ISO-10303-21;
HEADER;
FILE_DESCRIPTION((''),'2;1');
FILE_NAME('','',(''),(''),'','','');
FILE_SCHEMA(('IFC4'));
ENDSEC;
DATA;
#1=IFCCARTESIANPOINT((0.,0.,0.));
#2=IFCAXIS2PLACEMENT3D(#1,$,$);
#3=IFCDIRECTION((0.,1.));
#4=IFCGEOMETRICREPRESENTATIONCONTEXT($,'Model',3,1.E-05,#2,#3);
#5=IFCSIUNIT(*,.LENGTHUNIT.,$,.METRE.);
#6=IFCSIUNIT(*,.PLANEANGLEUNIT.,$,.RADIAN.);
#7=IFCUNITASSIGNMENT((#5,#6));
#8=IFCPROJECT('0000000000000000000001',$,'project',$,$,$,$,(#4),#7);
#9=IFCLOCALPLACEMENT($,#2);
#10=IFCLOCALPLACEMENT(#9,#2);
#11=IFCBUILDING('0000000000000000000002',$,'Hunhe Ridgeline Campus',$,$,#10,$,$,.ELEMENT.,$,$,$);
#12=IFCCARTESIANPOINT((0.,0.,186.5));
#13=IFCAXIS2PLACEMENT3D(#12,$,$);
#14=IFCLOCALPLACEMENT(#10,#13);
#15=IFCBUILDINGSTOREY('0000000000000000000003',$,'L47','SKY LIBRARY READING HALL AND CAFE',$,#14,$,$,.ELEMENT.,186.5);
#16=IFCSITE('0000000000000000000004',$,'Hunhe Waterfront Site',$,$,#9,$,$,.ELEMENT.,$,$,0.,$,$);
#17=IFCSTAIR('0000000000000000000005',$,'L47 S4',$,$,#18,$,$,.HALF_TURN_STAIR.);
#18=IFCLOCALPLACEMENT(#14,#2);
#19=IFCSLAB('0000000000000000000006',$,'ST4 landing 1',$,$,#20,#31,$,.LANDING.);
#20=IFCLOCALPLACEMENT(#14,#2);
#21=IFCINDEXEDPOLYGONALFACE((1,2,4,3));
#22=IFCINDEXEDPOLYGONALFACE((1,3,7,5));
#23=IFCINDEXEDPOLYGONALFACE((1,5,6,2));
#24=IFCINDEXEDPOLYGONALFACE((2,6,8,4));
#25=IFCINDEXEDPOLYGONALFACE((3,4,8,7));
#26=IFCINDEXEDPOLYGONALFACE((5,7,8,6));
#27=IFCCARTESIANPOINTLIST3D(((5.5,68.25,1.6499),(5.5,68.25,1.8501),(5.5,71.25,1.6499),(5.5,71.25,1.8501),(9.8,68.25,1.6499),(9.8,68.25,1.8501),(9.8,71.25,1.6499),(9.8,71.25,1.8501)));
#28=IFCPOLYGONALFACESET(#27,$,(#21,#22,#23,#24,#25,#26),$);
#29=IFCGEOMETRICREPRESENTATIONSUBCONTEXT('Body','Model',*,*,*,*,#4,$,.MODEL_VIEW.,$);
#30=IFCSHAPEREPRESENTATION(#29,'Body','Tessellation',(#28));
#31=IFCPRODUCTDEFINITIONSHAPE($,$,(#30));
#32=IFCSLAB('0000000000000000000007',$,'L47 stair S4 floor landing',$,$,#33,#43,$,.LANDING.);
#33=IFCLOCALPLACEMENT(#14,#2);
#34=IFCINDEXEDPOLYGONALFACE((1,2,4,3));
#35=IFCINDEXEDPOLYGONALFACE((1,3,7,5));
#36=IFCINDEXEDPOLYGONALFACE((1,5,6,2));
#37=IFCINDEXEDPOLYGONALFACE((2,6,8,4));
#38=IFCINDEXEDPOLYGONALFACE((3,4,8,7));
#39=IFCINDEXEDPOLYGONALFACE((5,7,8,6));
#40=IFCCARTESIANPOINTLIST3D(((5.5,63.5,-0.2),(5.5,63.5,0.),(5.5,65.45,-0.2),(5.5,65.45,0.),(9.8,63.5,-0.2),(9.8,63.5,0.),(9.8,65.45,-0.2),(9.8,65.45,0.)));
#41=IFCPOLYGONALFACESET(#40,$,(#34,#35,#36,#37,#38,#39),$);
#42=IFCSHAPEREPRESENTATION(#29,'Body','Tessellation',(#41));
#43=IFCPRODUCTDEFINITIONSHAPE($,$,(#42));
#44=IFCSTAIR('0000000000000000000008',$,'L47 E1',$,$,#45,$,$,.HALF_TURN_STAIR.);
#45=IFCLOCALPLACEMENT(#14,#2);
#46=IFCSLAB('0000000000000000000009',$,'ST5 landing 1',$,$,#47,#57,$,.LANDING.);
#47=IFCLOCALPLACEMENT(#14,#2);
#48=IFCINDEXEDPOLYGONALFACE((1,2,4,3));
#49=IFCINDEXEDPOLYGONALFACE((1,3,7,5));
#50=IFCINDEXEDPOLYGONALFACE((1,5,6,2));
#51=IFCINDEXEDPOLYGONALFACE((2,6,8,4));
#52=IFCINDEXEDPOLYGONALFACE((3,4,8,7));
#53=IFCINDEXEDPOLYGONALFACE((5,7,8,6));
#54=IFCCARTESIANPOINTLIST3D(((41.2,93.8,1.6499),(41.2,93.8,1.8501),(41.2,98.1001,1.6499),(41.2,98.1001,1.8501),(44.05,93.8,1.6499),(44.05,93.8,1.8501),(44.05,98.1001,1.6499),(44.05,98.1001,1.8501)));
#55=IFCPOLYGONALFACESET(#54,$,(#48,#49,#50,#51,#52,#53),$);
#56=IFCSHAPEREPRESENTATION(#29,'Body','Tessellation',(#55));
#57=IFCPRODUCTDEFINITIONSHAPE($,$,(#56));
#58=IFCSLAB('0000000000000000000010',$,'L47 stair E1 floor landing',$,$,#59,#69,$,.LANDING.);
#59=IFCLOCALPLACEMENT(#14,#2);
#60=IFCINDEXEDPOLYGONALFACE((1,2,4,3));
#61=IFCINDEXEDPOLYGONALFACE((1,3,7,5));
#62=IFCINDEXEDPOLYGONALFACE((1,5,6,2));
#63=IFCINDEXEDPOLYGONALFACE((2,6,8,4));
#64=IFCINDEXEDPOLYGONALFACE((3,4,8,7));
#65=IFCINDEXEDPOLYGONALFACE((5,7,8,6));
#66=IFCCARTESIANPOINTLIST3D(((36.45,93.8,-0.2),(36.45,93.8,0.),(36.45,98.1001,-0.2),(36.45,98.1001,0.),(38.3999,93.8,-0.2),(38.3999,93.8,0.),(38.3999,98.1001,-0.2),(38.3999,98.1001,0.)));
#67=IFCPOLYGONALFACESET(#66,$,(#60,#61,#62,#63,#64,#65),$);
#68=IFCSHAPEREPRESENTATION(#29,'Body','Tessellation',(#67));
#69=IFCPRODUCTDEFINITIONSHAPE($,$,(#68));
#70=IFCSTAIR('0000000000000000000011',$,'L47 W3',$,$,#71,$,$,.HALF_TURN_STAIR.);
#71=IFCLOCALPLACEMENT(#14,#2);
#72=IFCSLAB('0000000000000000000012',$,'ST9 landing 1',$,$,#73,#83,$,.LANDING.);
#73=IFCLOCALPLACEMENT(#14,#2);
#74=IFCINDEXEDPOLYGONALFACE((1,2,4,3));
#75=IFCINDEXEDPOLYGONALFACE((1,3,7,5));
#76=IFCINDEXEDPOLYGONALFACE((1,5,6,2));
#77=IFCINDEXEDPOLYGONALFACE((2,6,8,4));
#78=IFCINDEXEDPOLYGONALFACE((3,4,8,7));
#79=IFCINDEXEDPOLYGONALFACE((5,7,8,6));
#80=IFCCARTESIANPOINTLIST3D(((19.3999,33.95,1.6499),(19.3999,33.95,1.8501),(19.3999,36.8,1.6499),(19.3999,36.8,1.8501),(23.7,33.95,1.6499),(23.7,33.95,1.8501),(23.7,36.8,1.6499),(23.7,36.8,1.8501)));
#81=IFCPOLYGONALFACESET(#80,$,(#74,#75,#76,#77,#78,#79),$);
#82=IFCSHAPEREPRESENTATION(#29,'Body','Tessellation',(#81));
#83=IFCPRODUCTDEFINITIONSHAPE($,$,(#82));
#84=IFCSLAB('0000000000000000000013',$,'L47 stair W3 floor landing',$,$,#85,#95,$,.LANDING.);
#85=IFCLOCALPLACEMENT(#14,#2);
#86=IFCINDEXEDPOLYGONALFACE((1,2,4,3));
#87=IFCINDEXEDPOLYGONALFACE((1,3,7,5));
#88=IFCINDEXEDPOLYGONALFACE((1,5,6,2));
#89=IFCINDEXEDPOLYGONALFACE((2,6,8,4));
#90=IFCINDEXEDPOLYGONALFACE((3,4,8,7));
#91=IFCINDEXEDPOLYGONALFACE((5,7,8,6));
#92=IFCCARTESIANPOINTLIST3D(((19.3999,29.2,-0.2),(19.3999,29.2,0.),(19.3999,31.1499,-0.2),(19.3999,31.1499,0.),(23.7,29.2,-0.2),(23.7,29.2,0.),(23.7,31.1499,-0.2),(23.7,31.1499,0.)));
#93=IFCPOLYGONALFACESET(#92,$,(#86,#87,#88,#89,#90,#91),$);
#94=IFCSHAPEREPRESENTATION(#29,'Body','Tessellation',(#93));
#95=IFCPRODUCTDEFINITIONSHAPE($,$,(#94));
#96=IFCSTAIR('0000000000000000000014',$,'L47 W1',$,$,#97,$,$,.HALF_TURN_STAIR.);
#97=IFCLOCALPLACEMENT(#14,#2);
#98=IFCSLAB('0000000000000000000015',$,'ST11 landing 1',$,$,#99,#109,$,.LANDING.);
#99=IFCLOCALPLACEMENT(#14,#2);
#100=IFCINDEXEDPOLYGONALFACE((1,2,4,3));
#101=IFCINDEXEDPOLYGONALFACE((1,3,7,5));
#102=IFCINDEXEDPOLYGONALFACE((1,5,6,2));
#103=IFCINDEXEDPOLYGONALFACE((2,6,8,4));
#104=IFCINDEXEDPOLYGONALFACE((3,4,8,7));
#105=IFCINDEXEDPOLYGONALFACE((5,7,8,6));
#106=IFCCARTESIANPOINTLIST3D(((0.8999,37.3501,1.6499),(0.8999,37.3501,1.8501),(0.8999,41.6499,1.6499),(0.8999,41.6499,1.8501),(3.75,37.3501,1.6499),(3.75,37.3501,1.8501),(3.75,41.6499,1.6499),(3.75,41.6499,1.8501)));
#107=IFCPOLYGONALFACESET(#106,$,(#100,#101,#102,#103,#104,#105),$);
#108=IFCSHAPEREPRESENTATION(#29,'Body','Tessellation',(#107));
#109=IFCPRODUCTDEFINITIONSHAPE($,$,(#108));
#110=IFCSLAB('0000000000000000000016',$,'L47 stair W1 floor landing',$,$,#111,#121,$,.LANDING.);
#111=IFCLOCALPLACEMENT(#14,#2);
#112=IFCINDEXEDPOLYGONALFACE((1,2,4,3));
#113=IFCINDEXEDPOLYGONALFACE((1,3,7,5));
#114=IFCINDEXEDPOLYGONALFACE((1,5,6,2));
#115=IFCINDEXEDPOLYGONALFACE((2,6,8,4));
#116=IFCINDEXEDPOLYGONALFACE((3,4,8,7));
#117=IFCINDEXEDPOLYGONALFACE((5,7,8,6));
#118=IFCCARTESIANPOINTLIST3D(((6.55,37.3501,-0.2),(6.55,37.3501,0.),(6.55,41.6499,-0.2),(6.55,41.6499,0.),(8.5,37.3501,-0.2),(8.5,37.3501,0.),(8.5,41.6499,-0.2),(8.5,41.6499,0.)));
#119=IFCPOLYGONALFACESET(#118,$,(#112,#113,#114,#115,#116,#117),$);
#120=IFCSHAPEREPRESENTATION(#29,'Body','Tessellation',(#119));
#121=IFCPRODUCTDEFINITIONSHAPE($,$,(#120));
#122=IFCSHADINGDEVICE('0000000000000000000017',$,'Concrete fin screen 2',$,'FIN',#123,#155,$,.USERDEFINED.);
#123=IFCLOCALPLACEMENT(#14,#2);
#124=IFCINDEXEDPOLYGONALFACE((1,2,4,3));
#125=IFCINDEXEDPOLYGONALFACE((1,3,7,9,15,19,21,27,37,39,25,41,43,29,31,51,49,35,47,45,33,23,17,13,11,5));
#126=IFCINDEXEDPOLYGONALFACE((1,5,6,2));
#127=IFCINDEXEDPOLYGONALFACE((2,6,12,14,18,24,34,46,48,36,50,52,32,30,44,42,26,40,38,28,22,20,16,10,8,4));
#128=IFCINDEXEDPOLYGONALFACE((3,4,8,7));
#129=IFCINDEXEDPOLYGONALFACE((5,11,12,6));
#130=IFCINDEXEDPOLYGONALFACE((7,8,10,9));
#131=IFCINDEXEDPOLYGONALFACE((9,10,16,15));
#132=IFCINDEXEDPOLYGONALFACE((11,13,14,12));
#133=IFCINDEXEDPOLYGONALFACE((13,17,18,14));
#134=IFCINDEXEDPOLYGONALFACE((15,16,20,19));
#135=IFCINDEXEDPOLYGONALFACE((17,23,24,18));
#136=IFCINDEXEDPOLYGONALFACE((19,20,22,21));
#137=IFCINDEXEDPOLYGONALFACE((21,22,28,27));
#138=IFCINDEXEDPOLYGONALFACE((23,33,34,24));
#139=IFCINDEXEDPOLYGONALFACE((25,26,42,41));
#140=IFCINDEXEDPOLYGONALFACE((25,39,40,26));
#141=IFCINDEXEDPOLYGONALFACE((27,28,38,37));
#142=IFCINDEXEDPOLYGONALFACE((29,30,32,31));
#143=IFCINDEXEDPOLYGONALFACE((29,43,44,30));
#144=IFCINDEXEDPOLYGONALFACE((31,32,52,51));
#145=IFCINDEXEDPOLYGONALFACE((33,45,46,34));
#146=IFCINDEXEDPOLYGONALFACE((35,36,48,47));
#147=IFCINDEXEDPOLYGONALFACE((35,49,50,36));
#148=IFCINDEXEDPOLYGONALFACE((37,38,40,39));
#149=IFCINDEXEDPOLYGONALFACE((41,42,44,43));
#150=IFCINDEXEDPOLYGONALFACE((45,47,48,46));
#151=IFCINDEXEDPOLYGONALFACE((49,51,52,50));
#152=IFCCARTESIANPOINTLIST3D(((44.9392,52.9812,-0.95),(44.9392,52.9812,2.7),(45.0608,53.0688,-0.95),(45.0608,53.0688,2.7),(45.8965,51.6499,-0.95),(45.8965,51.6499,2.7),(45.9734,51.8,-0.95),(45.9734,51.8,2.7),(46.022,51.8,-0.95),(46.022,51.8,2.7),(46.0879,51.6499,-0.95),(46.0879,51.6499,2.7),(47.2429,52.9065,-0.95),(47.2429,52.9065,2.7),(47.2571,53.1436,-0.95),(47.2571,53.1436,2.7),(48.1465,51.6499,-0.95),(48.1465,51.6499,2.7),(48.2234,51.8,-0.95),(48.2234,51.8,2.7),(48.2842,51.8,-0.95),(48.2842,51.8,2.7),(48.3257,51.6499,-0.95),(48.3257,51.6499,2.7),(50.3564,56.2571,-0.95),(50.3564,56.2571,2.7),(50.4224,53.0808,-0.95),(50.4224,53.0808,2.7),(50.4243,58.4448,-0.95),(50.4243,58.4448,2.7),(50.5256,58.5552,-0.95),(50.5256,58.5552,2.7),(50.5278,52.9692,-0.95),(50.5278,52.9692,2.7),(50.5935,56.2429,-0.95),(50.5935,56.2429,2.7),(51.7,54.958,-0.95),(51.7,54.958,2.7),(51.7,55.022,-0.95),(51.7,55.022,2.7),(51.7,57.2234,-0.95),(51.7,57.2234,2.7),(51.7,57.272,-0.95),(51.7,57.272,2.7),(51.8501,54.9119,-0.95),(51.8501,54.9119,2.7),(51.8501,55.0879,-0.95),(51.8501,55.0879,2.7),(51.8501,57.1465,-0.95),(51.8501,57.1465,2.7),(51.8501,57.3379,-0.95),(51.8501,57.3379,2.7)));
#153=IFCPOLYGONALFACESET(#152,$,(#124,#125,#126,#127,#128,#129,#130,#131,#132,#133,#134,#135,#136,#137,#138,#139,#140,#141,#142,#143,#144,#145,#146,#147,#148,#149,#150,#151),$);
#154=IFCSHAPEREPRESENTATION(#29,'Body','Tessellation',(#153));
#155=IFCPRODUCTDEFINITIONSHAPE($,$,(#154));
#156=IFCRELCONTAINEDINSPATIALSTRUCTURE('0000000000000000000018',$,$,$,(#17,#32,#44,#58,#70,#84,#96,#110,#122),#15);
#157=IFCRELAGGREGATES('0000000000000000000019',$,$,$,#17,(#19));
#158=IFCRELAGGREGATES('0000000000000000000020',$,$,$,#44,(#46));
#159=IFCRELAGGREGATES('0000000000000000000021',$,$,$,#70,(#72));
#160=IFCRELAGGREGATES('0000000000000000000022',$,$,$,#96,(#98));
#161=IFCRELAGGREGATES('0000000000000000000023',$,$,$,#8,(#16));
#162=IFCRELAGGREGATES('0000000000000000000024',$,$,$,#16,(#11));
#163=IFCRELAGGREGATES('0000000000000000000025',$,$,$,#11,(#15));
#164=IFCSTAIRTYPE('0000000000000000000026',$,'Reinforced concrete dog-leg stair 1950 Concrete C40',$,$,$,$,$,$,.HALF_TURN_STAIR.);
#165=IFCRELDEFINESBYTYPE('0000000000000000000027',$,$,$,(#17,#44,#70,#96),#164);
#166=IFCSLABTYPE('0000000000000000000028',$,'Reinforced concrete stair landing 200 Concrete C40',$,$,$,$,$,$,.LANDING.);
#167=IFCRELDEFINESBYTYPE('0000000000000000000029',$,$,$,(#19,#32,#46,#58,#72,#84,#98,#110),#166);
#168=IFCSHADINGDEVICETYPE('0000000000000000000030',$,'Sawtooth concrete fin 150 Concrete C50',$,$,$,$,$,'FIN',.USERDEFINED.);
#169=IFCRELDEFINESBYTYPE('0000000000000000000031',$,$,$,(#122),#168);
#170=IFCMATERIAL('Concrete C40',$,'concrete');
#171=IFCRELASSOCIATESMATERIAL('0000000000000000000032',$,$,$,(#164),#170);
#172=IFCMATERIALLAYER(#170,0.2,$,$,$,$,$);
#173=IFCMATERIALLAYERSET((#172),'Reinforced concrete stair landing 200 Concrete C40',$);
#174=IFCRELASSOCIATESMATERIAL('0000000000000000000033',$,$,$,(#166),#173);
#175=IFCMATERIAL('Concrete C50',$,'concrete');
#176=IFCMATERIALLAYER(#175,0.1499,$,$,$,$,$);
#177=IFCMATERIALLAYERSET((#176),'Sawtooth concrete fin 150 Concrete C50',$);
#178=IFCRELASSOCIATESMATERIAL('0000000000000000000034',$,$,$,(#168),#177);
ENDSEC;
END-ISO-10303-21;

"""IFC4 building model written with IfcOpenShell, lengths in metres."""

from ifc_helpers import new_model, si_unit, direction, frame, origin, place, context, subcontext, project, spatial, polyline, outline, extrude, material, layer, layer_set, type_object, element, aggregate, save


model = new_model("IFC4")

# Units and contexts
model_context = context("Model", 3, precision=1e-05, world=origin(), true_north=direction((0.0, 1.0)))
body_context = subcontext(model_context, "Body", "Model", "MODEL_VIEW")
ifc_project = project(units=[si_unit("LENGTHUNIT", "METRE"), si_unit("PLANEANGLEUNIT", "RADIAN")], contexts=[model_context])

# Site, building, storey
site_placement = place(None, origin())
site = spatial("IfcSite", under=ifc_project, at=site_placement, Name="Hunhe Waterfront Site", CompositionType="ELEMENT", RefElevation=0.0)
building_placement = place(site_placement, origin())
building = spatial("IfcBuilding", under=site, at=building_placement, Name="Hunhe Ridgeline Campus", CompositionType="ELEMENT")
storey_placement = place(building_placement, frame((0.0, 0.0, 186.5)))
storey = spatial("IfcBuildingStorey", under=building, at=storey_placement, Name="L47", Description="SKY LIBRARY READING HALL AND CAFE", CompositionType="ELEMENT", Elevation=186.5)

# Shared definitions
ifc_material_1 = material(Name="Concrete C40", Category="concrete")

# Shared definitions
stair_type = type_object("IfcStairType", Name="Reinforced concrete dog-leg stair 1950 Concrete C40", PredefinedType="HALF_TURN_STAIR", material=ifc_material_1)
ifc_layer_1 = layer(ifc_material_1, 0.2)
ifc_layer_set_1 = layer_set([ifc_layer_1], Name="Reinforced concrete stair landing 200 Concrete C40")
slab_type_1 = type_object("IfcSlabType", Name="Reinforced concrete stair landing 200 Concrete C40", PredefinedType="LANDING", material=ifc_layer_set_1)

# Stair, slab
stair_1_placement = place(storey_placement, origin())
stair_1 = element("IfcStair", 1, at=stair_1_placement, inside=storey, type_object=stair_type, Name="L47 S4", PredefinedType="HALF_TURN_STAIR")
slab_1_placement = place(storey_placement, frame((0.0, 0.0, 1.6499)))
slab_1 = element("IfcSlab", 2, at=slab_1_placement, type_object=slab_type_1, Name="ST4 landing 1", PredefinedType="LANDING", context=body_context, shape_type="SweptSolid", body=[
    extrude(outline(polyline([(9.8, 68.25), (9.8, 71.25), (5.5, 71.25), (5.5, 68.25), (9.8, 68.25)])), origin(), (0.0, 0.0, 1.0), 0.2002),
])
aggregate(stair_1, [slab_1])

# Slab
slab_2_placement = place(storey_placement, frame((0.0, 0.0, -0.2)))
element("IfcSlab", 3, at=slab_2_placement, inside=storey, type_object=slab_type_1, Name="L47 stair S4 floor landing", PredefinedType="LANDING", context=body_context, shape_type="SweptSolid", body=[
    extrude(outline(polyline([(9.8, 63.5), (9.8, 65.45), (5.5, 65.45), (5.5, 63.5), (9.8, 63.5)])), origin(), (0.0, 0.0, 1.0), 0.2),
])

# Stair, slab
stair_2_placement = place(storey_placement, origin())
stair_2 = element("IfcStair", 4, at=stair_2_placement, inside=storey, type_object=stair_type, Name="L47 E1", PredefinedType="HALF_TURN_STAIR")
slab_3_placement = place(storey_placement, frame((0.0, 0.0, 1.6499)))
slab_3 = element("IfcSlab", 5, at=slab_3_placement, type_object=slab_type_1, Name="ST5 landing 1", PredefinedType="LANDING", context=body_context, shape_type="SweptSolid", body=[
    extrude(outline(polyline([(41.2, 93.8), (44.05, 93.8), (44.05, 98.1001), (41.2, 98.1001), (41.2, 93.8)])), origin(), (0.0, 0.0, 1.0), 0.2002),
])
aggregate(stair_2, [slab_3])

# Slab
slab_4_placement = place(storey_placement, frame((0.0, 0.0, -0.2)))
element("IfcSlab", 6, at=slab_4_placement, inside=storey, type_object=slab_type_1, Name="L47 stair E1 floor landing", PredefinedType="LANDING", context=body_context, shape_type="SweptSolid", body=[
    extrude(outline(polyline([(36.45, 93.8), (38.3999, 93.8), (38.3999, 98.1001), (36.45, 98.1001), (36.45, 93.8)])), origin(), (0.0, 0.0, 1.0), 0.2),
])

# Stair, slab
stair_3_placement = place(storey_placement, origin())
stair_3 = element("IfcStair", 7, at=stair_3_placement, inside=storey, type_object=stair_type, Name="L47 W3", PredefinedType="HALF_TURN_STAIR")
slab_5_placement = place(storey_placement, frame((0.0, 0.0, 1.6499)))
slab_5 = element("IfcSlab", 8, at=slab_5_placement, type_object=slab_type_1, Name="ST9 landing 1", PredefinedType="LANDING", context=body_context, shape_type="SweptSolid", body=[
    extrude(outline(polyline([(23.7, 33.95), (23.7, 36.8), (19.3999, 36.8), (19.3999, 33.95), (23.7, 33.95)])), origin(), (0.0, 0.0, 1.0), 0.2002),
])
aggregate(stair_3, [slab_5])

# Slab
slab_6_placement = place(storey_placement, frame((0.0, 0.0, -0.2)))
element("IfcSlab", 9, at=slab_6_placement, inside=storey, type_object=slab_type_1, Name="L47 stair W3 floor landing", PredefinedType="LANDING", context=body_context, shape_type="SweptSolid", body=[
    extrude(outline(polyline([(23.7, 29.2), (23.7, 31.1499), (19.3999, 31.1499), (19.3999, 29.2), (23.7, 29.2)])), origin(), (0.0, 0.0, 1.0), 0.2),
])

# Stair, slab
stair_4_placement = place(storey_placement, origin())
stair_4 = element("IfcStair", 10, at=stair_4_placement, inside=storey, type_object=stair_type, Name="L47 W1", PredefinedType="HALF_TURN_STAIR")
slab_7_placement = place(storey_placement, frame((0.0, 0.0, 1.6499)))
slab_7 = element("IfcSlab", 11, at=slab_7_placement, type_object=slab_type_1, Name="ST11 landing 1", PredefinedType="LANDING", context=body_context, shape_type="SweptSolid", body=[
    extrude(outline(polyline([(3.75, 41.6499), (0.8999, 41.6499), (0.8999, 37.3501), (3.75, 37.3501), (3.75, 41.6499)])), origin(), (0.0, 0.0, 1.0), 0.2002),
])
aggregate(stair_4, [slab_7])

# Slab
slab_8_placement = place(storey_placement, frame((0.0, 0.0, -0.2)))
element("IfcSlab", 12, at=slab_8_placement, inside=storey, type_object=slab_type_1, Name="L47 stair W1 floor landing", PredefinedType="LANDING", context=body_context, shape_type="SweptSolid", body=[
    extrude(outline(polyline([(8.5, 41.6499), (6.55, 41.6499), (6.55, 37.3501), (8.5, 37.3501), (8.5, 41.6499)])), origin(), (0.0, 0.0, 1.0), 0.2),
])

# Shading device
ifc_material_2 = material(Name="Concrete C50", Category="concrete")
ifc_layer_2 = layer(ifc_material_2, 0.1499)
ifc_layer_set_2 = layer_set([ifc_layer_2], Name="Sawtooth concrete fin 150 Concrete C50")
shading_device_type = type_object("IfcShadingDeviceType", Name="Sawtooth concrete fin 150 Concrete C50", ElementType="FIN", PredefinedType="USERDEFINED", material=ifc_layer_set_2)
shading_device_1_placement = place(storey_placement, frame((0.0, 0.0, -0.95)))
element("IfcShadingDevice", 13, at=shading_device_1_placement, inside=storey, type_object=shading_device_type, Name="Concrete fin screen 2", ObjectType="FIN", PredefinedType="USERDEFINED", context=body_context, shape_type="SweptSolid", body=[
    extrude(outline(polyline([(45.0608, 53.0688), (44.9392, 52.9812), (45.8965, 51.6499), (46.0879, 51.6499), (47.2429, 52.9065), (48.1465, 51.6499), (48.3257, 51.6499), (50.5278, 52.9692), (51.8501, 54.9119), (51.8501, 55.0879), (50.5935, 56.2429), (51.8501, 57.1465), (51.8501, 57.3379), (50.5256, 58.5552), (50.4243, 58.4448), (51.7, 57.272), (51.7, 57.2234), (50.3564, 56.2571), (51.7, 55.022), (51.7, 54.958), (50.4224, 53.0808), (48.2842, 51.8), (48.2234, 51.8), (47.2571, 53.1436), (46.022, 51.8), (45.9734, 51.8), (45.0608, 53.0688)])), origin(), (0.0, 0.0, 1.0), 3.6499),
])

save(model, "model.ifc")
